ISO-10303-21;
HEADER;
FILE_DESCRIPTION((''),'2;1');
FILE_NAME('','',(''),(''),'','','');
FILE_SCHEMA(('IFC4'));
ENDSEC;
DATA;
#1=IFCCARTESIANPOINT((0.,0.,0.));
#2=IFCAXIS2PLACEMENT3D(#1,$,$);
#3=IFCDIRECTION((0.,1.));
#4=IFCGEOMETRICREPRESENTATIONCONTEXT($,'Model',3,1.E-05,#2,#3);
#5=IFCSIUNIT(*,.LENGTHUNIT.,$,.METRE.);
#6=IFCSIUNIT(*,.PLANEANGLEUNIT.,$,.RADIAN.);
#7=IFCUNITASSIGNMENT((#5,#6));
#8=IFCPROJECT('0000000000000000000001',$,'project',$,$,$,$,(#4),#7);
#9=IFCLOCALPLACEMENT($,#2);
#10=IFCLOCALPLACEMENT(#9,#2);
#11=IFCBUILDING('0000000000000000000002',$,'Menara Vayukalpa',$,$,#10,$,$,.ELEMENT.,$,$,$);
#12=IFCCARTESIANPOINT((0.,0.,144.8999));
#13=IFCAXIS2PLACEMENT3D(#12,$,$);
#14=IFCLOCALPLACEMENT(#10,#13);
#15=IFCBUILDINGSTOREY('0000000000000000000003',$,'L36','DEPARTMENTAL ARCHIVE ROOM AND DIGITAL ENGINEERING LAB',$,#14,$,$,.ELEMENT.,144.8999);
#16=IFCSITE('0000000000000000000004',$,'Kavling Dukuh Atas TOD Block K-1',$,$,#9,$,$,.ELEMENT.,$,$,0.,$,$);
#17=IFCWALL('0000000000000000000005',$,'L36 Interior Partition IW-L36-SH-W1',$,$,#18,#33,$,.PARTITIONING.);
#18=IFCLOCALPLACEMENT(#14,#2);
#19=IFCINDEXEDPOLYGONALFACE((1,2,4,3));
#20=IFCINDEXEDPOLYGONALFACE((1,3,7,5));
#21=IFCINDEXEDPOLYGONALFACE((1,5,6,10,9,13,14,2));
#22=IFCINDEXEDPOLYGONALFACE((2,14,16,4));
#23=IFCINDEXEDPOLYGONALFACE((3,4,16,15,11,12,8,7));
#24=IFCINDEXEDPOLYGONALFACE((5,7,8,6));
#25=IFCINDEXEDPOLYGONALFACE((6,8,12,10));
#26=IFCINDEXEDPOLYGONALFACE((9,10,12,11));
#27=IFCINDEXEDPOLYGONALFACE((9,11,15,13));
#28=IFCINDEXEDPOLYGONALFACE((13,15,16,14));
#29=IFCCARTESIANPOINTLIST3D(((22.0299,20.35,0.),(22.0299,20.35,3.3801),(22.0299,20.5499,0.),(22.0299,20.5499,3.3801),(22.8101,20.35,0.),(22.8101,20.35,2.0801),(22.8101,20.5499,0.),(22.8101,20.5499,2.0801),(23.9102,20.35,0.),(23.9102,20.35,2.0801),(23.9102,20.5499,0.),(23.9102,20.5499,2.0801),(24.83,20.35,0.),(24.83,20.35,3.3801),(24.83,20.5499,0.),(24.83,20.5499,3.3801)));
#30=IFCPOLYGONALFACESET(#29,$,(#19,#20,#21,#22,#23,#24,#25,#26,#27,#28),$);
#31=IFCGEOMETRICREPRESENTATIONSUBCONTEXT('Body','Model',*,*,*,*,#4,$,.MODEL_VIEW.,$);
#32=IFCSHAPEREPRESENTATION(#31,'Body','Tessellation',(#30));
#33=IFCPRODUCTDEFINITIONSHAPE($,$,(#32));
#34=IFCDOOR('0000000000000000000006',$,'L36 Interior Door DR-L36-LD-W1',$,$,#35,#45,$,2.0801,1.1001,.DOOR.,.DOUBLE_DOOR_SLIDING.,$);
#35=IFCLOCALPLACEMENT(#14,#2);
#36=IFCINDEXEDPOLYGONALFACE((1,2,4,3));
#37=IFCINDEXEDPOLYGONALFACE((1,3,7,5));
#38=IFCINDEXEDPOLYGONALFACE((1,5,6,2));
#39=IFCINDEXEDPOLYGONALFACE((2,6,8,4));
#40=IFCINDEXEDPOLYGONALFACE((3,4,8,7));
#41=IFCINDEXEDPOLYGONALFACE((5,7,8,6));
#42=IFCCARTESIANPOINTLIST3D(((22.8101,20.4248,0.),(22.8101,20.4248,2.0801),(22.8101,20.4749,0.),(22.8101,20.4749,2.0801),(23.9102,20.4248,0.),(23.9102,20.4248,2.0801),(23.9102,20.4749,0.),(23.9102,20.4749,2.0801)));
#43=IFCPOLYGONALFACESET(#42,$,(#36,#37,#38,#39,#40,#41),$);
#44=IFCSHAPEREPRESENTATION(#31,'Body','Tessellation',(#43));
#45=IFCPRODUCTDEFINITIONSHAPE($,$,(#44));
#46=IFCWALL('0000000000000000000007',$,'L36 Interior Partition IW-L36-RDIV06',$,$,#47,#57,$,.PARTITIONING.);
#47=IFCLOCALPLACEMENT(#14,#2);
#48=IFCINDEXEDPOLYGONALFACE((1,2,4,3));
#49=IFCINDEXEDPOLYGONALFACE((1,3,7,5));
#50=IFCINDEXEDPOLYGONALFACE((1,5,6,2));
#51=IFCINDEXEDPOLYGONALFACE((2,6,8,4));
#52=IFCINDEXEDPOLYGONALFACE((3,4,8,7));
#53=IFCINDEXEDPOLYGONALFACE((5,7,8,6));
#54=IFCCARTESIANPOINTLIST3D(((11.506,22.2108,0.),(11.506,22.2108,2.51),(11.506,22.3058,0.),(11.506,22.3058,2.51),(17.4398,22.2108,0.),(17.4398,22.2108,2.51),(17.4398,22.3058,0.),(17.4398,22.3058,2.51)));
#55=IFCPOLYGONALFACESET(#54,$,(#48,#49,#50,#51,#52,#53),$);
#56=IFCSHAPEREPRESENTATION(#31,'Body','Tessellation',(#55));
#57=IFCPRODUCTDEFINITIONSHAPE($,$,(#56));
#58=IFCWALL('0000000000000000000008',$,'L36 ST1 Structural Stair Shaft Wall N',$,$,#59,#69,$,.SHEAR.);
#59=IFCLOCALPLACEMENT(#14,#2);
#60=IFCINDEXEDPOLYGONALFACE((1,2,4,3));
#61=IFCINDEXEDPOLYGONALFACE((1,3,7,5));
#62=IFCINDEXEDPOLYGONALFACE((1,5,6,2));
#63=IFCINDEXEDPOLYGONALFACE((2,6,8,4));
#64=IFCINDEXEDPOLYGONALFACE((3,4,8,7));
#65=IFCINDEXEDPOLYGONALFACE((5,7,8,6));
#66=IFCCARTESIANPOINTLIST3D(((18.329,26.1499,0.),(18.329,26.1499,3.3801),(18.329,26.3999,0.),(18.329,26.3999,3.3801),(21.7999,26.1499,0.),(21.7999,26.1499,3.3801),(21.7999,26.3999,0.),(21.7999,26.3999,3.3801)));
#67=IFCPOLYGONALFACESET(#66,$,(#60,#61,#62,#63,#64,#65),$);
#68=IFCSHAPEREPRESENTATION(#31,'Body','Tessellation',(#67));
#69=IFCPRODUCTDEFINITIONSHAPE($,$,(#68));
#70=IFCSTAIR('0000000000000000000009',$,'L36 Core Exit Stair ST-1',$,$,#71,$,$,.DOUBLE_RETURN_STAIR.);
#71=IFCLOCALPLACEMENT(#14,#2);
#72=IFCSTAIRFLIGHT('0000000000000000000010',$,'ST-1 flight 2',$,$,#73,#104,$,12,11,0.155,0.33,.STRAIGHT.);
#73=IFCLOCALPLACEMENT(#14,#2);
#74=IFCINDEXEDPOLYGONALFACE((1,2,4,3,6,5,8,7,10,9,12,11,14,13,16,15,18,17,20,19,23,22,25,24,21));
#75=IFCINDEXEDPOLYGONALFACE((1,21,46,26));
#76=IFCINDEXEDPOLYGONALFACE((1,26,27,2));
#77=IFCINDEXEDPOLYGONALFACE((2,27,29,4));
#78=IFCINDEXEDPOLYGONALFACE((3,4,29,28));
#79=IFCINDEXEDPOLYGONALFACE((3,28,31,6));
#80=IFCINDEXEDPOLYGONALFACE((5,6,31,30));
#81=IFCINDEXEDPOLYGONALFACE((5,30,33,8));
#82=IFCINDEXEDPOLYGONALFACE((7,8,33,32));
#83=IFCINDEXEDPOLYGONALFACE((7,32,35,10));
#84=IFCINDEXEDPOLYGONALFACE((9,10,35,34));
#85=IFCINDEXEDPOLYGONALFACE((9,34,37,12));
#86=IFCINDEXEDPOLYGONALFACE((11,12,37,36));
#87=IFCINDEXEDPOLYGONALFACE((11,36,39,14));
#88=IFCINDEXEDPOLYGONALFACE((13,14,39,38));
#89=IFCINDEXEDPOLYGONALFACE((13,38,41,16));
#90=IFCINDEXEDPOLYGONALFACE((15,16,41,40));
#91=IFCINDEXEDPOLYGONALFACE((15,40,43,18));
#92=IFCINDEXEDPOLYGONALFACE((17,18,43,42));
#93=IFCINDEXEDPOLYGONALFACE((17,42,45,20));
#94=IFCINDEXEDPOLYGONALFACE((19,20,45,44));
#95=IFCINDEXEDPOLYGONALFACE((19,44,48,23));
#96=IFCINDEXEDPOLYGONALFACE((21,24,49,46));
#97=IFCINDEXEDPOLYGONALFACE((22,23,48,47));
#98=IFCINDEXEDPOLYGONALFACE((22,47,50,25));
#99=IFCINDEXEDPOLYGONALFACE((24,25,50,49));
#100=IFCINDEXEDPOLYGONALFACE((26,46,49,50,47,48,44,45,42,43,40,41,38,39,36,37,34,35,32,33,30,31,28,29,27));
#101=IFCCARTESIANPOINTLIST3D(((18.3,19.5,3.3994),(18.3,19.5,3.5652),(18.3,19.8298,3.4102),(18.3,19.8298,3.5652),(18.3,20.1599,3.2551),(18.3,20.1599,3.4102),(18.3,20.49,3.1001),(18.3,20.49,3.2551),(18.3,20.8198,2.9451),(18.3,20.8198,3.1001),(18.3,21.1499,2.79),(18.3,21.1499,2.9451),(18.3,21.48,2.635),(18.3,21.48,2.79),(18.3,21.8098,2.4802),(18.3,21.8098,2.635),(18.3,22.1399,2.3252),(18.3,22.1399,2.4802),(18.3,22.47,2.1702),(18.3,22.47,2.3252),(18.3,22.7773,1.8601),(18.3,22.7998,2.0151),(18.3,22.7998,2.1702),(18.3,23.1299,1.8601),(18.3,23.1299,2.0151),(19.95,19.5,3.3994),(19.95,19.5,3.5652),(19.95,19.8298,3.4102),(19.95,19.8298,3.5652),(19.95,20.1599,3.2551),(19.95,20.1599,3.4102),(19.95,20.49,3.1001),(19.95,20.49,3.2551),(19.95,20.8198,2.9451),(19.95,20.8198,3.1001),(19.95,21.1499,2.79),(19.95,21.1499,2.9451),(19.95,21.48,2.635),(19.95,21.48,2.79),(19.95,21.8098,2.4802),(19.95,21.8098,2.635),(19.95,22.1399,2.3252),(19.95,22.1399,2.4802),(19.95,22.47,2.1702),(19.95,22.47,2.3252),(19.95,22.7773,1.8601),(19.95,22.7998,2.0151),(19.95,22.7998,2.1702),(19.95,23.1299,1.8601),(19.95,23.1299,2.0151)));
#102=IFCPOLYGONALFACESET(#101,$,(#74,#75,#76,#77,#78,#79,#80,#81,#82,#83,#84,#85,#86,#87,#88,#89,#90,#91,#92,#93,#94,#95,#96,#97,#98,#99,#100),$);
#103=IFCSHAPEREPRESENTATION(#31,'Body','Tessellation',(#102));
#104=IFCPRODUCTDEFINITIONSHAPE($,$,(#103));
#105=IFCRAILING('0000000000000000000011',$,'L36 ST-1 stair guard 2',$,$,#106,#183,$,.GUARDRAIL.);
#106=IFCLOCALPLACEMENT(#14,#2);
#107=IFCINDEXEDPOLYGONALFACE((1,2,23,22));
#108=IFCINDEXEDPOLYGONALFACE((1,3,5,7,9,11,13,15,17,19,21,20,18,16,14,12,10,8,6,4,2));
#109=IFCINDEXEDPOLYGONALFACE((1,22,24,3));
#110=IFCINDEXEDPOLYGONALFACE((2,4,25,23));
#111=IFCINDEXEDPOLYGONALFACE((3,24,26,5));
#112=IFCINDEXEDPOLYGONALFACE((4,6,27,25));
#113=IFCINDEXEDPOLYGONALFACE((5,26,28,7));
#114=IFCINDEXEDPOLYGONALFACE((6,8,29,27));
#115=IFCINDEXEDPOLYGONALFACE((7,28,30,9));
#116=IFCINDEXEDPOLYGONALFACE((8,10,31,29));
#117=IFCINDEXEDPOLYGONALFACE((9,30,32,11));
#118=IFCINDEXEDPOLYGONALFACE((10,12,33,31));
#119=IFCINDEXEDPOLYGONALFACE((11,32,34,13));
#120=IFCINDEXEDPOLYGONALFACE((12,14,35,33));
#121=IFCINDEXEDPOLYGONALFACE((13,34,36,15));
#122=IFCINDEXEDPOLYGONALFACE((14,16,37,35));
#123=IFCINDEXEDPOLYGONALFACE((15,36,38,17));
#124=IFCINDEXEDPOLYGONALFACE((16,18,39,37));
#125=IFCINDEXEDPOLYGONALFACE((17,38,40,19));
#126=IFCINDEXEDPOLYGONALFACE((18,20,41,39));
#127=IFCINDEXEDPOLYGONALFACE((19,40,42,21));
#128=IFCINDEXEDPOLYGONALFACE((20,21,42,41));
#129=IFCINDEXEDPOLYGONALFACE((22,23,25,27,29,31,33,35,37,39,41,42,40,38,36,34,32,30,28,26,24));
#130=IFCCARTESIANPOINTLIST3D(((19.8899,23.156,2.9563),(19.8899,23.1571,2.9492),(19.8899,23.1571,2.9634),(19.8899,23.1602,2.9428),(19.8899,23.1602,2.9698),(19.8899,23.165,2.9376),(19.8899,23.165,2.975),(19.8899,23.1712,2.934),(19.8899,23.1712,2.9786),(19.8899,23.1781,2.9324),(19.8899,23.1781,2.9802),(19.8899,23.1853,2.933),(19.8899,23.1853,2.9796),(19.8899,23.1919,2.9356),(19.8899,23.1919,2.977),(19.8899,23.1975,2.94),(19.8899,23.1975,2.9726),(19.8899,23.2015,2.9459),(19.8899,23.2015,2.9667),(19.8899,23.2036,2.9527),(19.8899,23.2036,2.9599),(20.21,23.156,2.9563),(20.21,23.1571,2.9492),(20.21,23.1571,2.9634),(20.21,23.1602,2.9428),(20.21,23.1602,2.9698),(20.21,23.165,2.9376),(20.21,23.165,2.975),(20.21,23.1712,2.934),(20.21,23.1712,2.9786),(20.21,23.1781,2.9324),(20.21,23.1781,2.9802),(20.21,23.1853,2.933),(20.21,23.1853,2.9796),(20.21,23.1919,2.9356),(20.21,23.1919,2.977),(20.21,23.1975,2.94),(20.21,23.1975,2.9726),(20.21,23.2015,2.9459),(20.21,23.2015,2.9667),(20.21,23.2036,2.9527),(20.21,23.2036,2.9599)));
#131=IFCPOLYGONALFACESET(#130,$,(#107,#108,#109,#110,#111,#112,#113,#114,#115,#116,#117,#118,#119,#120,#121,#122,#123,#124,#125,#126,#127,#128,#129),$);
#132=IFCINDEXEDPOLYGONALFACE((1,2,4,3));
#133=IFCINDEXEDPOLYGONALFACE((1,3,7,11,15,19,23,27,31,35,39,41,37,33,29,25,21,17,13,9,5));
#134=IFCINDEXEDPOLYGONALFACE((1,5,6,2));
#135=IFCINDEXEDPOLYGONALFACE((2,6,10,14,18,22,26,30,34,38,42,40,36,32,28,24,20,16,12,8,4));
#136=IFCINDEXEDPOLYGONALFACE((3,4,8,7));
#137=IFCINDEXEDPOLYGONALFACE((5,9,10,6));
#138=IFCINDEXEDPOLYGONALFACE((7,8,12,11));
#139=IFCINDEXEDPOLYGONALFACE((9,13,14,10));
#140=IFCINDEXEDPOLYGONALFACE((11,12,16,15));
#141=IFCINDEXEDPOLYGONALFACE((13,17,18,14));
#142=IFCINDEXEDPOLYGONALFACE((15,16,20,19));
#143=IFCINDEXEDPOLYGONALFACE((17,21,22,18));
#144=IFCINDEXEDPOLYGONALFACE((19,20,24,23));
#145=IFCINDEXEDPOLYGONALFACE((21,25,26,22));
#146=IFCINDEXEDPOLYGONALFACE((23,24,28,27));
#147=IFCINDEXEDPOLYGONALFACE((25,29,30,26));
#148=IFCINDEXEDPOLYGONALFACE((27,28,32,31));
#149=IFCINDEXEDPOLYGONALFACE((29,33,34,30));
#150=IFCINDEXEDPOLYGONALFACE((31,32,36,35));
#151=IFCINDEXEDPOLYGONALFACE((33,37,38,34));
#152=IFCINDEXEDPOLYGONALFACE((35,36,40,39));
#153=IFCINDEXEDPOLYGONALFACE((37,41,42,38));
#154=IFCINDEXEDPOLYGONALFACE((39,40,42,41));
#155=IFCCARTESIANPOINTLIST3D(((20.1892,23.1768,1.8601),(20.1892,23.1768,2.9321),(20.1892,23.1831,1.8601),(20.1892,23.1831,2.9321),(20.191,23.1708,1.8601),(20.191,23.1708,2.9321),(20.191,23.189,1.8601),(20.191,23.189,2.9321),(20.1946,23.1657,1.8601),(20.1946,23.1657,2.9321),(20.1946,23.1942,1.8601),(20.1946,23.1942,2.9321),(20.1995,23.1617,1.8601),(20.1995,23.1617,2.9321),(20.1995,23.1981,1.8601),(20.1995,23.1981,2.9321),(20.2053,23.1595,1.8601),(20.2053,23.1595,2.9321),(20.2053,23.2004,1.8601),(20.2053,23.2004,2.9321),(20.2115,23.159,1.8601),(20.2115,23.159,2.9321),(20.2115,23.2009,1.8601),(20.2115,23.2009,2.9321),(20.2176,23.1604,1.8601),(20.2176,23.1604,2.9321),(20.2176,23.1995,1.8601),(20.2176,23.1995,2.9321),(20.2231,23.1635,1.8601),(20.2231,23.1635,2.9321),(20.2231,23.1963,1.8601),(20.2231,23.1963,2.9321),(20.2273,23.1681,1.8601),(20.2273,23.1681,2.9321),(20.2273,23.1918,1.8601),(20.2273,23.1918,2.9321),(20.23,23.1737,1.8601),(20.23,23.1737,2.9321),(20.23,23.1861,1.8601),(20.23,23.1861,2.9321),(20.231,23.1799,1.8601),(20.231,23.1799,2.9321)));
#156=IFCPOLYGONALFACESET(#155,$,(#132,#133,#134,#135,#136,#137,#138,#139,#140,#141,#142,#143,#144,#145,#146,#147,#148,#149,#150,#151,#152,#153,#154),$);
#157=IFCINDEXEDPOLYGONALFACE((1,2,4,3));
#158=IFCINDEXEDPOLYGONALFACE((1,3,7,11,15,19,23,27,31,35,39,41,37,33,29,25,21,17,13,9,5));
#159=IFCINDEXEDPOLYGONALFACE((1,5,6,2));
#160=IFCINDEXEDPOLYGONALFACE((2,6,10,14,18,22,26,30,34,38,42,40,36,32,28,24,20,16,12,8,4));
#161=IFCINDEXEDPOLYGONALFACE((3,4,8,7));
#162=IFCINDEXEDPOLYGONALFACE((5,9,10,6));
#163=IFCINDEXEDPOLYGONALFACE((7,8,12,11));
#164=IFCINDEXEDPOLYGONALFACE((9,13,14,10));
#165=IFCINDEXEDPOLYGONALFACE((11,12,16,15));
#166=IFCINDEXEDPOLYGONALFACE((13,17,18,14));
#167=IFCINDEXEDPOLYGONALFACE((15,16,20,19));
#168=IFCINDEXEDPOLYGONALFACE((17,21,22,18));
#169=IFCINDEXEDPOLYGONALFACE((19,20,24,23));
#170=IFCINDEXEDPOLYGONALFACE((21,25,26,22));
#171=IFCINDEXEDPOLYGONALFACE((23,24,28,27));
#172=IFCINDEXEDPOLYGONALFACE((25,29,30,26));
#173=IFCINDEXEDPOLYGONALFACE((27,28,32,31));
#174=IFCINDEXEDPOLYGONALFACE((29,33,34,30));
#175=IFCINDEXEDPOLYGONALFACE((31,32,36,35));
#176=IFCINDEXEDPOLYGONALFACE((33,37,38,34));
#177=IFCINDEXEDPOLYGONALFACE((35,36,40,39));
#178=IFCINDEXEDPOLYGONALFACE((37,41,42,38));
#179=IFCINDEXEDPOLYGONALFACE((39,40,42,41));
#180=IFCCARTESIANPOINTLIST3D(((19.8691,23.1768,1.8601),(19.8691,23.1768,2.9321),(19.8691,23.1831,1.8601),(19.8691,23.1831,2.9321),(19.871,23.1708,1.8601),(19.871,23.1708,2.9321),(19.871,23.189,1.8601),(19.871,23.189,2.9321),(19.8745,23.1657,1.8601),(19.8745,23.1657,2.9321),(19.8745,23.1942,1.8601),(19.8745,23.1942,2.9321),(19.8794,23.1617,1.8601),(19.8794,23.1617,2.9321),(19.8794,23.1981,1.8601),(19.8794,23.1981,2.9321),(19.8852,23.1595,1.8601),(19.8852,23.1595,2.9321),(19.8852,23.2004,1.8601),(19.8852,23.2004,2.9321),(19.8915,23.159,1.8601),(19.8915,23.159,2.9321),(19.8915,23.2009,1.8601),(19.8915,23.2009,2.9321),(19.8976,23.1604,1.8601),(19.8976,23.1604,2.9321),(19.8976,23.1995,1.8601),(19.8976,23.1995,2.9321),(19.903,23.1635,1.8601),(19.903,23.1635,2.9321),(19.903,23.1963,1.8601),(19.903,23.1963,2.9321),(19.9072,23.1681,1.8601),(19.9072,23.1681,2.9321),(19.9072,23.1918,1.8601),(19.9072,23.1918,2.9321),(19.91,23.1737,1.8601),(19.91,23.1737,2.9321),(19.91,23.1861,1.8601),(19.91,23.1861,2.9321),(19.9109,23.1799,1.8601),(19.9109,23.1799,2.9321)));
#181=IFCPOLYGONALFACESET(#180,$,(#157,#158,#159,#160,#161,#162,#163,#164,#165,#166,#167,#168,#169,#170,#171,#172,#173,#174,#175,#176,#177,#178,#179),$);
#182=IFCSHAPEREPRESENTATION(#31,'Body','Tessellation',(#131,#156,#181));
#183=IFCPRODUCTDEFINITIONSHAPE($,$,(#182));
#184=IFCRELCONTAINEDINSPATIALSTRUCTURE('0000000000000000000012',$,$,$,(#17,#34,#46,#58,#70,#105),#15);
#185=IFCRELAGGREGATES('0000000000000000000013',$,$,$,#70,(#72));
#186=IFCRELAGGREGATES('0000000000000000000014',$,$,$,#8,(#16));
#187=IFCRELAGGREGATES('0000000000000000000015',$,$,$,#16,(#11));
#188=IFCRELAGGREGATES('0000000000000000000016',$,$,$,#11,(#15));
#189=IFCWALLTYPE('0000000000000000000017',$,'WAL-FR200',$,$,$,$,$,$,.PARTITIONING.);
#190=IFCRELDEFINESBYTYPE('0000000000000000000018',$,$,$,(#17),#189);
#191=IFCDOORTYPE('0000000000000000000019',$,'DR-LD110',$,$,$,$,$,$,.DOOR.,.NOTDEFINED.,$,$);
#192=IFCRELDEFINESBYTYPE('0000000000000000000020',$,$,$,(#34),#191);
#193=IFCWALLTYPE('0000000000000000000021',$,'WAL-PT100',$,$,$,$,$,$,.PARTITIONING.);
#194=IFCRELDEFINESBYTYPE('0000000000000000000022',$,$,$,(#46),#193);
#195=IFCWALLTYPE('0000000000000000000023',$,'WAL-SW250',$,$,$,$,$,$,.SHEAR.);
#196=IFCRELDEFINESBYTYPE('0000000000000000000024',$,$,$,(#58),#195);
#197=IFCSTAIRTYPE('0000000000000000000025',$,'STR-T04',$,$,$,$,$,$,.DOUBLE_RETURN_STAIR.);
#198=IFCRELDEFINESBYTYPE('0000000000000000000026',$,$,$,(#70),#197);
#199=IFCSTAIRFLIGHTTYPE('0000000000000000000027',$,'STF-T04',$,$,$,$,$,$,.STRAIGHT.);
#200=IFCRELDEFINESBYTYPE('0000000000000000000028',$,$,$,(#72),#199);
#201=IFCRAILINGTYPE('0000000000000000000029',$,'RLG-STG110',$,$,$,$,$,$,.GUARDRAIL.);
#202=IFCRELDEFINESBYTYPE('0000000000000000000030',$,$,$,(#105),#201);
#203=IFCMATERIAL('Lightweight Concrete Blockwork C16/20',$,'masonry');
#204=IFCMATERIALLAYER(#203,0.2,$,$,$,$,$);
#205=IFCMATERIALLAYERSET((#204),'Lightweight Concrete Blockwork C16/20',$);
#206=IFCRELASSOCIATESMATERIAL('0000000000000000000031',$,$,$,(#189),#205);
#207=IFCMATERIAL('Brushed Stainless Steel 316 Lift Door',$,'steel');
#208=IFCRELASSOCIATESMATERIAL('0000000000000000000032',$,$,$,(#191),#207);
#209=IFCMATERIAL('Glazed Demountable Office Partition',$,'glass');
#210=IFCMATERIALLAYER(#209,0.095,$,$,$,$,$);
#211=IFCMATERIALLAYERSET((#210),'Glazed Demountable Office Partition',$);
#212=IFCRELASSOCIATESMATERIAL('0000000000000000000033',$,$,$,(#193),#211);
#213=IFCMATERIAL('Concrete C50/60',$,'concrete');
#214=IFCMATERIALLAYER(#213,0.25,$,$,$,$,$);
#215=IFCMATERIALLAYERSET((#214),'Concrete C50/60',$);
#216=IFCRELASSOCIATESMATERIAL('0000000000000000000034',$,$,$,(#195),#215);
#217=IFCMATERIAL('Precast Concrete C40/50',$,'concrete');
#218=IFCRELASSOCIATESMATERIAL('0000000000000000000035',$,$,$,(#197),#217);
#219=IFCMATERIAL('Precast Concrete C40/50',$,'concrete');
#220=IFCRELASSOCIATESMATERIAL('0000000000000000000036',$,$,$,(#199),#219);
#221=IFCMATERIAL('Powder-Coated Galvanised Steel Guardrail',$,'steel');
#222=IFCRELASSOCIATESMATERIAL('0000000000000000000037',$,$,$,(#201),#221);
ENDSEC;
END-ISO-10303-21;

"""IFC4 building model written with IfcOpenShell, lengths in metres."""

from ifc_helpers import new_model, si_unit, direction, frame, frame_2d, origin, origin_2d, place, context, subcontext, project, spatial, polyline, rectangle, circle, outline, extrude, material, layer, layer_set, type_object, element, fill, aggregate, save


model = new_model("IFC4")

# Units and contexts
model_context = context("Model", 3, precision=1e-05, world=origin(), true_north=direction((0.0, 1.0)))
body_context = subcontext(model_context, "Body", "Model", "MODEL_VIEW")
ifc_project = project(units=[si_unit("LENGTHUNIT", "METRE"), si_unit("PLANEANGLEUNIT", "RADIAN")], contexts=[model_context])

# Site, building, storey
site_placement = place(None, origin())
site = spatial("IfcSite", under=ifc_project, at=site_placement, Name="Kavling Dukuh Atas TOD Block K-1", CompositionType="ELEMENT", RefElevation=0.0)
building_placement = place(site_placement, origin())
building = spatial("IfcBuilding", under=site, at=building_placement, Name="Menara Vayukalpa", CompositionType="ELEMENT")
storey_placement = place(building_placement, frame((0.0, 0.0, 144.8999)))
storey = spatial("IfcBuildingStorey", under=building, at=storey_placement, Name="L36", Description="DEPARTMENTAL ARCHIVE ROOM AND DIGITAL ENGINEERING LAB", CompositionType="ELEMENT", Elevation=144.8999)

# Wall, opening, door
ifc_material_1 = material(Name="Lightweight Concrete Blockwork C16/20", Category="masonry")
ifc_layer_1 = layer(ifc_material_1, 0.2)
ifc_layer_set_1 = layer_set([ifc_layer_1], Name="Lightweight Concrete Blockwork C16/20")
wall_type_1 = type_object("IfcWallType", Name="WAL-FR200", PredefinedType="PARTITIONING", material=ifc_layer_set_1)
wall_1_placement = place(storey_placement, frame((22.03, 20.45, 0.0), z_axis=(0.0, 0.0, 1.0), x_axis=(1.0, 0.0, 0.0)))
wall_1 = element("IfcWall", 1, at=wall_1_placement, inside=storey, type_object=wall_type_1, Name="L36 Interior Partition IW-L36-SH-W1", PredefinedType="PARTITIONING", context=body_context, shape_type="SweptSolid", body=[
    extrude(rectangle(XDim=2.8, YDim=0.2, at=frame_2d((1.3999, 0.0))), origin(), (0.0, 0.0, 1.0), 3.3801),
])
opening_placement = place(wall_1_placement, frame((0.78, 0.0, 0.0)))
opening = element("IfcOpeningElement", 2, at=opening_placement, cuts=wall_1, PredefinedType="OPENING", context=body_context, shape_type="SweptSolid", body=[
    extrude(rectangle(XDim=1.1001, YDim=2.0801, at=frame_2d((0.55, 1.04))), frame((0.0, 0.1099, 0.0), z_axis=(0.0, -1.0, 0.0), x_axis=(1.0, 0.0, 0.0)), (0.0, 0.0, 1.0), 0.22),
])
ifc_material_2 = material(Name="Brushed Stainless Steel 316 Lift Door", Category="steel")
door_type = type_object("IfcDoorType", Name="DR-LD110", OperationType="NOTDEFINED", PredefinedType="DOOR", material=ifc_material_2)
door_placement = place(opening_placement, origin())
door = element("IfcDoor", 3, at=door_placement, inside=storey, type_object=door_type, Name="L36 Interior Door DR-L36-LD-W1", OperationType="DOUBLE_DOOR_SLIDING", OverallHeight=2.0801, OverallWidth=1.1001, PredefinedType="DOOR", context=body_context, shape_type="SweptSolid", body=[
    extrude(rectangle(XDim=1.1001, YDim=2.0801, at=frame_2d((0.55, 1.04))), frame((0.0, 0.0249, 0.0), z_axis=(0.0, -1.0, 0.0), x_axis=(1.0, 0.0, 0.0)), (0.0, 0.0, 1.0), 0.05),
])
fill(opening, door)

# Walls
ifc_material_3 = material(Name="Glazed Demountable Office Partition", Category="glass")
ifc_layer_2 = layer(ifc_material_3, 0.095)
ifc_layer_set_2 = layer_set([ifc_layer_2], Name="Glazed Demountable Office Partition")
wall_type_2 = type_object("IfcWallType", Name="WAL-PT100", PredefinedType="PARTITIONING", material=ifc_layer_set_2)
wall_2_placement = place(storey_placement, frame((11.5061, 22.2583, 0.0), z_axis=(0.0, 0.0, 1.0), x_axis=(1.0, 0.0, 0.0)))
element("IfcWall", 4, at=wall_2_placement, inside=storey, type_object=wall_type_2, Name="L36 Interior Partition IW-L36-RDIV06", PredefinedType="PARTITIONING", context=body_context, shape_type="SweptSolid", body=[
    extrude(rectangle(XDim=5.9338, YDim=0.095, at=frame_2d((2.9668, 0.0))), origin(), (0.0, 0.0, 1.0), 2.51),
])
ifc_material_4 = material(Name="Concrete C50/60", Category="concrete")
ifc_layer_3 = layer(ifc_material_4, 0.25)
ifc_layer_set_3 = layer_set([ifc_layer_3], Name="Concrete C50/60")
wall_type_3 = type_object("IfcWallType", Name="WAL-SW250", PredefinedType="SHEAR", material=ifc_layer_set_3)
wall_3_placement = place(storey_placement, frame((18.3291, 26.2749, 0.0), z_axis=(0.0, 0.0, 1.0), x_axis=(1.0, 0.0, 0.0)))
element("IfcWall", 5, at=wall_3_placement, inside=storey, type_object=wall_type_3, Name="L36 ST1 Structural Stair Shaft Wall N", PredefinedType="SHEAR", context=body_context, shape_type="SweptSolid", body=[
    extrude(rectangle(XDim=3.4709, YDim=0.25, at=frame_2d((1.7354, 0.0))), origin(), (0.0, 0.0, 1.0), 3.3801),
])

# Stair, stair flight
ifc_material_5 = material(Name="Precast Concrete C40/50", Category="concrete")
stair_type = type_object("IfcStairType", Name="STR-T04", PredefinedType="DOUBLE_RETURN_STAIR", material=ifc_material_5)
stair_placement = place(storey_placement, origin())
stair = element("IfcStair", 6, at=stair_placement, inside=storey, type_object=stair_type, Name="L36 Core Exit Stair ST-1", PredefinedType="DOUBLE_RETURN_STAIR")
ifc_material_6 = material(Name="Precast Concrete C40/50", Category="concrete")
stair_flight_type = type_object("IfcStairFlightType", Name="STF-T04", PredefinedType="STRAIGHT", material=ifc_material_6)
stair_flight_placement = place(storey_placement, frame((19.125, 23.1299, 1.8601), z_axis=(0.0, 0.0, 1.0), x_axis=(0.0, -1.0, 0.0)))
stair_flight = element("IfcStairFlight", 7, at=stair_flight_placement, type_object=stair_flight_type, Name="ST-1 flight 2", NumberOfRisers=12, NumberOfTreads=11, PredefinedType="STRAIGHT", RiserHeight=0.155, TreadLength=0.33, context=body_context, shape_type="SweptSolid", body=[
    extrude(outline(polyline([(0.0, 0.0), (0.0, 0.155), (0.3301, 0.155), (0.3301, 0.3101), (0.6599, 0.3101), (0.6599, 0.4651), (0.99, 0.4651), (0.99, 0.6201), (1.3201, 0.6201), (1.3201, 0.7749), (1.6499, 0.7749), (1.6499, 0.9299), (1.98, 0.9299), (1.98, 1.085), (2.3101, 1.085), (2.3101, 1.24), (2.6399, 1.24), (2.6399, 1.395), (2.97, 1.395), (2.97, 1.55), (3.3, 1.55), (3.3, 1.7051), (3.6299, 1.7051), (3.6299, 1.8601), (3.6299, 1.5393), (0.3525, 0.0), (0.0, 0.0)])), frame((0.0, 0.825, 0.0), z_axis=(0.0, -1.0, 0.0), x_axis=(1.0, 0.0, 0.0)), (0.0, 0.0, 1.0), 1.6499),
])
aggregate(stair, [stair_flight])

# Railing
ifc_material_7 = material(Name="Powder-Coated Galvanised Steel Guardrail", Category="steel")
railing_type_1 = type_object("IfcRailingType", Name="RLG-STG110", PredefinedType="GUARDRAIL", material=ifc_material_7)
railing_1_placement = place(storey_placement, frame((20.21, 23.1799, 1.8601)))
element("IfcRailing", 8, at=railing_1_placement, inside=storey, type_object=railing_type_1, Name="L36 ST-1 stair guard 2", PredefinedType="GUARDRAIL", context=body_context, shape_type="SweptSolid", body=[
    extrude(circle(Radius=0.0239, at=origin_2d()), frame((0.0, 0.0, 1.0962), z_axis=(-1.0, 0.0, 0.0), x_axis=(0.0, -1.0, 0.0)), (0.0, 0.0, 1.0), 0.3201),
    extrude(circle(Radius=0.021, at=origin_2d()), origin(), (0.0, 0.0, 1.0), 1.072),
    extrude(circle(Radius=0.021, at=origin_2d()), frame((-0.3201, 0.0, 0.0)), (0.0, 0.0, 1.0), 1.072),
])

save(model, "model.ifc")
